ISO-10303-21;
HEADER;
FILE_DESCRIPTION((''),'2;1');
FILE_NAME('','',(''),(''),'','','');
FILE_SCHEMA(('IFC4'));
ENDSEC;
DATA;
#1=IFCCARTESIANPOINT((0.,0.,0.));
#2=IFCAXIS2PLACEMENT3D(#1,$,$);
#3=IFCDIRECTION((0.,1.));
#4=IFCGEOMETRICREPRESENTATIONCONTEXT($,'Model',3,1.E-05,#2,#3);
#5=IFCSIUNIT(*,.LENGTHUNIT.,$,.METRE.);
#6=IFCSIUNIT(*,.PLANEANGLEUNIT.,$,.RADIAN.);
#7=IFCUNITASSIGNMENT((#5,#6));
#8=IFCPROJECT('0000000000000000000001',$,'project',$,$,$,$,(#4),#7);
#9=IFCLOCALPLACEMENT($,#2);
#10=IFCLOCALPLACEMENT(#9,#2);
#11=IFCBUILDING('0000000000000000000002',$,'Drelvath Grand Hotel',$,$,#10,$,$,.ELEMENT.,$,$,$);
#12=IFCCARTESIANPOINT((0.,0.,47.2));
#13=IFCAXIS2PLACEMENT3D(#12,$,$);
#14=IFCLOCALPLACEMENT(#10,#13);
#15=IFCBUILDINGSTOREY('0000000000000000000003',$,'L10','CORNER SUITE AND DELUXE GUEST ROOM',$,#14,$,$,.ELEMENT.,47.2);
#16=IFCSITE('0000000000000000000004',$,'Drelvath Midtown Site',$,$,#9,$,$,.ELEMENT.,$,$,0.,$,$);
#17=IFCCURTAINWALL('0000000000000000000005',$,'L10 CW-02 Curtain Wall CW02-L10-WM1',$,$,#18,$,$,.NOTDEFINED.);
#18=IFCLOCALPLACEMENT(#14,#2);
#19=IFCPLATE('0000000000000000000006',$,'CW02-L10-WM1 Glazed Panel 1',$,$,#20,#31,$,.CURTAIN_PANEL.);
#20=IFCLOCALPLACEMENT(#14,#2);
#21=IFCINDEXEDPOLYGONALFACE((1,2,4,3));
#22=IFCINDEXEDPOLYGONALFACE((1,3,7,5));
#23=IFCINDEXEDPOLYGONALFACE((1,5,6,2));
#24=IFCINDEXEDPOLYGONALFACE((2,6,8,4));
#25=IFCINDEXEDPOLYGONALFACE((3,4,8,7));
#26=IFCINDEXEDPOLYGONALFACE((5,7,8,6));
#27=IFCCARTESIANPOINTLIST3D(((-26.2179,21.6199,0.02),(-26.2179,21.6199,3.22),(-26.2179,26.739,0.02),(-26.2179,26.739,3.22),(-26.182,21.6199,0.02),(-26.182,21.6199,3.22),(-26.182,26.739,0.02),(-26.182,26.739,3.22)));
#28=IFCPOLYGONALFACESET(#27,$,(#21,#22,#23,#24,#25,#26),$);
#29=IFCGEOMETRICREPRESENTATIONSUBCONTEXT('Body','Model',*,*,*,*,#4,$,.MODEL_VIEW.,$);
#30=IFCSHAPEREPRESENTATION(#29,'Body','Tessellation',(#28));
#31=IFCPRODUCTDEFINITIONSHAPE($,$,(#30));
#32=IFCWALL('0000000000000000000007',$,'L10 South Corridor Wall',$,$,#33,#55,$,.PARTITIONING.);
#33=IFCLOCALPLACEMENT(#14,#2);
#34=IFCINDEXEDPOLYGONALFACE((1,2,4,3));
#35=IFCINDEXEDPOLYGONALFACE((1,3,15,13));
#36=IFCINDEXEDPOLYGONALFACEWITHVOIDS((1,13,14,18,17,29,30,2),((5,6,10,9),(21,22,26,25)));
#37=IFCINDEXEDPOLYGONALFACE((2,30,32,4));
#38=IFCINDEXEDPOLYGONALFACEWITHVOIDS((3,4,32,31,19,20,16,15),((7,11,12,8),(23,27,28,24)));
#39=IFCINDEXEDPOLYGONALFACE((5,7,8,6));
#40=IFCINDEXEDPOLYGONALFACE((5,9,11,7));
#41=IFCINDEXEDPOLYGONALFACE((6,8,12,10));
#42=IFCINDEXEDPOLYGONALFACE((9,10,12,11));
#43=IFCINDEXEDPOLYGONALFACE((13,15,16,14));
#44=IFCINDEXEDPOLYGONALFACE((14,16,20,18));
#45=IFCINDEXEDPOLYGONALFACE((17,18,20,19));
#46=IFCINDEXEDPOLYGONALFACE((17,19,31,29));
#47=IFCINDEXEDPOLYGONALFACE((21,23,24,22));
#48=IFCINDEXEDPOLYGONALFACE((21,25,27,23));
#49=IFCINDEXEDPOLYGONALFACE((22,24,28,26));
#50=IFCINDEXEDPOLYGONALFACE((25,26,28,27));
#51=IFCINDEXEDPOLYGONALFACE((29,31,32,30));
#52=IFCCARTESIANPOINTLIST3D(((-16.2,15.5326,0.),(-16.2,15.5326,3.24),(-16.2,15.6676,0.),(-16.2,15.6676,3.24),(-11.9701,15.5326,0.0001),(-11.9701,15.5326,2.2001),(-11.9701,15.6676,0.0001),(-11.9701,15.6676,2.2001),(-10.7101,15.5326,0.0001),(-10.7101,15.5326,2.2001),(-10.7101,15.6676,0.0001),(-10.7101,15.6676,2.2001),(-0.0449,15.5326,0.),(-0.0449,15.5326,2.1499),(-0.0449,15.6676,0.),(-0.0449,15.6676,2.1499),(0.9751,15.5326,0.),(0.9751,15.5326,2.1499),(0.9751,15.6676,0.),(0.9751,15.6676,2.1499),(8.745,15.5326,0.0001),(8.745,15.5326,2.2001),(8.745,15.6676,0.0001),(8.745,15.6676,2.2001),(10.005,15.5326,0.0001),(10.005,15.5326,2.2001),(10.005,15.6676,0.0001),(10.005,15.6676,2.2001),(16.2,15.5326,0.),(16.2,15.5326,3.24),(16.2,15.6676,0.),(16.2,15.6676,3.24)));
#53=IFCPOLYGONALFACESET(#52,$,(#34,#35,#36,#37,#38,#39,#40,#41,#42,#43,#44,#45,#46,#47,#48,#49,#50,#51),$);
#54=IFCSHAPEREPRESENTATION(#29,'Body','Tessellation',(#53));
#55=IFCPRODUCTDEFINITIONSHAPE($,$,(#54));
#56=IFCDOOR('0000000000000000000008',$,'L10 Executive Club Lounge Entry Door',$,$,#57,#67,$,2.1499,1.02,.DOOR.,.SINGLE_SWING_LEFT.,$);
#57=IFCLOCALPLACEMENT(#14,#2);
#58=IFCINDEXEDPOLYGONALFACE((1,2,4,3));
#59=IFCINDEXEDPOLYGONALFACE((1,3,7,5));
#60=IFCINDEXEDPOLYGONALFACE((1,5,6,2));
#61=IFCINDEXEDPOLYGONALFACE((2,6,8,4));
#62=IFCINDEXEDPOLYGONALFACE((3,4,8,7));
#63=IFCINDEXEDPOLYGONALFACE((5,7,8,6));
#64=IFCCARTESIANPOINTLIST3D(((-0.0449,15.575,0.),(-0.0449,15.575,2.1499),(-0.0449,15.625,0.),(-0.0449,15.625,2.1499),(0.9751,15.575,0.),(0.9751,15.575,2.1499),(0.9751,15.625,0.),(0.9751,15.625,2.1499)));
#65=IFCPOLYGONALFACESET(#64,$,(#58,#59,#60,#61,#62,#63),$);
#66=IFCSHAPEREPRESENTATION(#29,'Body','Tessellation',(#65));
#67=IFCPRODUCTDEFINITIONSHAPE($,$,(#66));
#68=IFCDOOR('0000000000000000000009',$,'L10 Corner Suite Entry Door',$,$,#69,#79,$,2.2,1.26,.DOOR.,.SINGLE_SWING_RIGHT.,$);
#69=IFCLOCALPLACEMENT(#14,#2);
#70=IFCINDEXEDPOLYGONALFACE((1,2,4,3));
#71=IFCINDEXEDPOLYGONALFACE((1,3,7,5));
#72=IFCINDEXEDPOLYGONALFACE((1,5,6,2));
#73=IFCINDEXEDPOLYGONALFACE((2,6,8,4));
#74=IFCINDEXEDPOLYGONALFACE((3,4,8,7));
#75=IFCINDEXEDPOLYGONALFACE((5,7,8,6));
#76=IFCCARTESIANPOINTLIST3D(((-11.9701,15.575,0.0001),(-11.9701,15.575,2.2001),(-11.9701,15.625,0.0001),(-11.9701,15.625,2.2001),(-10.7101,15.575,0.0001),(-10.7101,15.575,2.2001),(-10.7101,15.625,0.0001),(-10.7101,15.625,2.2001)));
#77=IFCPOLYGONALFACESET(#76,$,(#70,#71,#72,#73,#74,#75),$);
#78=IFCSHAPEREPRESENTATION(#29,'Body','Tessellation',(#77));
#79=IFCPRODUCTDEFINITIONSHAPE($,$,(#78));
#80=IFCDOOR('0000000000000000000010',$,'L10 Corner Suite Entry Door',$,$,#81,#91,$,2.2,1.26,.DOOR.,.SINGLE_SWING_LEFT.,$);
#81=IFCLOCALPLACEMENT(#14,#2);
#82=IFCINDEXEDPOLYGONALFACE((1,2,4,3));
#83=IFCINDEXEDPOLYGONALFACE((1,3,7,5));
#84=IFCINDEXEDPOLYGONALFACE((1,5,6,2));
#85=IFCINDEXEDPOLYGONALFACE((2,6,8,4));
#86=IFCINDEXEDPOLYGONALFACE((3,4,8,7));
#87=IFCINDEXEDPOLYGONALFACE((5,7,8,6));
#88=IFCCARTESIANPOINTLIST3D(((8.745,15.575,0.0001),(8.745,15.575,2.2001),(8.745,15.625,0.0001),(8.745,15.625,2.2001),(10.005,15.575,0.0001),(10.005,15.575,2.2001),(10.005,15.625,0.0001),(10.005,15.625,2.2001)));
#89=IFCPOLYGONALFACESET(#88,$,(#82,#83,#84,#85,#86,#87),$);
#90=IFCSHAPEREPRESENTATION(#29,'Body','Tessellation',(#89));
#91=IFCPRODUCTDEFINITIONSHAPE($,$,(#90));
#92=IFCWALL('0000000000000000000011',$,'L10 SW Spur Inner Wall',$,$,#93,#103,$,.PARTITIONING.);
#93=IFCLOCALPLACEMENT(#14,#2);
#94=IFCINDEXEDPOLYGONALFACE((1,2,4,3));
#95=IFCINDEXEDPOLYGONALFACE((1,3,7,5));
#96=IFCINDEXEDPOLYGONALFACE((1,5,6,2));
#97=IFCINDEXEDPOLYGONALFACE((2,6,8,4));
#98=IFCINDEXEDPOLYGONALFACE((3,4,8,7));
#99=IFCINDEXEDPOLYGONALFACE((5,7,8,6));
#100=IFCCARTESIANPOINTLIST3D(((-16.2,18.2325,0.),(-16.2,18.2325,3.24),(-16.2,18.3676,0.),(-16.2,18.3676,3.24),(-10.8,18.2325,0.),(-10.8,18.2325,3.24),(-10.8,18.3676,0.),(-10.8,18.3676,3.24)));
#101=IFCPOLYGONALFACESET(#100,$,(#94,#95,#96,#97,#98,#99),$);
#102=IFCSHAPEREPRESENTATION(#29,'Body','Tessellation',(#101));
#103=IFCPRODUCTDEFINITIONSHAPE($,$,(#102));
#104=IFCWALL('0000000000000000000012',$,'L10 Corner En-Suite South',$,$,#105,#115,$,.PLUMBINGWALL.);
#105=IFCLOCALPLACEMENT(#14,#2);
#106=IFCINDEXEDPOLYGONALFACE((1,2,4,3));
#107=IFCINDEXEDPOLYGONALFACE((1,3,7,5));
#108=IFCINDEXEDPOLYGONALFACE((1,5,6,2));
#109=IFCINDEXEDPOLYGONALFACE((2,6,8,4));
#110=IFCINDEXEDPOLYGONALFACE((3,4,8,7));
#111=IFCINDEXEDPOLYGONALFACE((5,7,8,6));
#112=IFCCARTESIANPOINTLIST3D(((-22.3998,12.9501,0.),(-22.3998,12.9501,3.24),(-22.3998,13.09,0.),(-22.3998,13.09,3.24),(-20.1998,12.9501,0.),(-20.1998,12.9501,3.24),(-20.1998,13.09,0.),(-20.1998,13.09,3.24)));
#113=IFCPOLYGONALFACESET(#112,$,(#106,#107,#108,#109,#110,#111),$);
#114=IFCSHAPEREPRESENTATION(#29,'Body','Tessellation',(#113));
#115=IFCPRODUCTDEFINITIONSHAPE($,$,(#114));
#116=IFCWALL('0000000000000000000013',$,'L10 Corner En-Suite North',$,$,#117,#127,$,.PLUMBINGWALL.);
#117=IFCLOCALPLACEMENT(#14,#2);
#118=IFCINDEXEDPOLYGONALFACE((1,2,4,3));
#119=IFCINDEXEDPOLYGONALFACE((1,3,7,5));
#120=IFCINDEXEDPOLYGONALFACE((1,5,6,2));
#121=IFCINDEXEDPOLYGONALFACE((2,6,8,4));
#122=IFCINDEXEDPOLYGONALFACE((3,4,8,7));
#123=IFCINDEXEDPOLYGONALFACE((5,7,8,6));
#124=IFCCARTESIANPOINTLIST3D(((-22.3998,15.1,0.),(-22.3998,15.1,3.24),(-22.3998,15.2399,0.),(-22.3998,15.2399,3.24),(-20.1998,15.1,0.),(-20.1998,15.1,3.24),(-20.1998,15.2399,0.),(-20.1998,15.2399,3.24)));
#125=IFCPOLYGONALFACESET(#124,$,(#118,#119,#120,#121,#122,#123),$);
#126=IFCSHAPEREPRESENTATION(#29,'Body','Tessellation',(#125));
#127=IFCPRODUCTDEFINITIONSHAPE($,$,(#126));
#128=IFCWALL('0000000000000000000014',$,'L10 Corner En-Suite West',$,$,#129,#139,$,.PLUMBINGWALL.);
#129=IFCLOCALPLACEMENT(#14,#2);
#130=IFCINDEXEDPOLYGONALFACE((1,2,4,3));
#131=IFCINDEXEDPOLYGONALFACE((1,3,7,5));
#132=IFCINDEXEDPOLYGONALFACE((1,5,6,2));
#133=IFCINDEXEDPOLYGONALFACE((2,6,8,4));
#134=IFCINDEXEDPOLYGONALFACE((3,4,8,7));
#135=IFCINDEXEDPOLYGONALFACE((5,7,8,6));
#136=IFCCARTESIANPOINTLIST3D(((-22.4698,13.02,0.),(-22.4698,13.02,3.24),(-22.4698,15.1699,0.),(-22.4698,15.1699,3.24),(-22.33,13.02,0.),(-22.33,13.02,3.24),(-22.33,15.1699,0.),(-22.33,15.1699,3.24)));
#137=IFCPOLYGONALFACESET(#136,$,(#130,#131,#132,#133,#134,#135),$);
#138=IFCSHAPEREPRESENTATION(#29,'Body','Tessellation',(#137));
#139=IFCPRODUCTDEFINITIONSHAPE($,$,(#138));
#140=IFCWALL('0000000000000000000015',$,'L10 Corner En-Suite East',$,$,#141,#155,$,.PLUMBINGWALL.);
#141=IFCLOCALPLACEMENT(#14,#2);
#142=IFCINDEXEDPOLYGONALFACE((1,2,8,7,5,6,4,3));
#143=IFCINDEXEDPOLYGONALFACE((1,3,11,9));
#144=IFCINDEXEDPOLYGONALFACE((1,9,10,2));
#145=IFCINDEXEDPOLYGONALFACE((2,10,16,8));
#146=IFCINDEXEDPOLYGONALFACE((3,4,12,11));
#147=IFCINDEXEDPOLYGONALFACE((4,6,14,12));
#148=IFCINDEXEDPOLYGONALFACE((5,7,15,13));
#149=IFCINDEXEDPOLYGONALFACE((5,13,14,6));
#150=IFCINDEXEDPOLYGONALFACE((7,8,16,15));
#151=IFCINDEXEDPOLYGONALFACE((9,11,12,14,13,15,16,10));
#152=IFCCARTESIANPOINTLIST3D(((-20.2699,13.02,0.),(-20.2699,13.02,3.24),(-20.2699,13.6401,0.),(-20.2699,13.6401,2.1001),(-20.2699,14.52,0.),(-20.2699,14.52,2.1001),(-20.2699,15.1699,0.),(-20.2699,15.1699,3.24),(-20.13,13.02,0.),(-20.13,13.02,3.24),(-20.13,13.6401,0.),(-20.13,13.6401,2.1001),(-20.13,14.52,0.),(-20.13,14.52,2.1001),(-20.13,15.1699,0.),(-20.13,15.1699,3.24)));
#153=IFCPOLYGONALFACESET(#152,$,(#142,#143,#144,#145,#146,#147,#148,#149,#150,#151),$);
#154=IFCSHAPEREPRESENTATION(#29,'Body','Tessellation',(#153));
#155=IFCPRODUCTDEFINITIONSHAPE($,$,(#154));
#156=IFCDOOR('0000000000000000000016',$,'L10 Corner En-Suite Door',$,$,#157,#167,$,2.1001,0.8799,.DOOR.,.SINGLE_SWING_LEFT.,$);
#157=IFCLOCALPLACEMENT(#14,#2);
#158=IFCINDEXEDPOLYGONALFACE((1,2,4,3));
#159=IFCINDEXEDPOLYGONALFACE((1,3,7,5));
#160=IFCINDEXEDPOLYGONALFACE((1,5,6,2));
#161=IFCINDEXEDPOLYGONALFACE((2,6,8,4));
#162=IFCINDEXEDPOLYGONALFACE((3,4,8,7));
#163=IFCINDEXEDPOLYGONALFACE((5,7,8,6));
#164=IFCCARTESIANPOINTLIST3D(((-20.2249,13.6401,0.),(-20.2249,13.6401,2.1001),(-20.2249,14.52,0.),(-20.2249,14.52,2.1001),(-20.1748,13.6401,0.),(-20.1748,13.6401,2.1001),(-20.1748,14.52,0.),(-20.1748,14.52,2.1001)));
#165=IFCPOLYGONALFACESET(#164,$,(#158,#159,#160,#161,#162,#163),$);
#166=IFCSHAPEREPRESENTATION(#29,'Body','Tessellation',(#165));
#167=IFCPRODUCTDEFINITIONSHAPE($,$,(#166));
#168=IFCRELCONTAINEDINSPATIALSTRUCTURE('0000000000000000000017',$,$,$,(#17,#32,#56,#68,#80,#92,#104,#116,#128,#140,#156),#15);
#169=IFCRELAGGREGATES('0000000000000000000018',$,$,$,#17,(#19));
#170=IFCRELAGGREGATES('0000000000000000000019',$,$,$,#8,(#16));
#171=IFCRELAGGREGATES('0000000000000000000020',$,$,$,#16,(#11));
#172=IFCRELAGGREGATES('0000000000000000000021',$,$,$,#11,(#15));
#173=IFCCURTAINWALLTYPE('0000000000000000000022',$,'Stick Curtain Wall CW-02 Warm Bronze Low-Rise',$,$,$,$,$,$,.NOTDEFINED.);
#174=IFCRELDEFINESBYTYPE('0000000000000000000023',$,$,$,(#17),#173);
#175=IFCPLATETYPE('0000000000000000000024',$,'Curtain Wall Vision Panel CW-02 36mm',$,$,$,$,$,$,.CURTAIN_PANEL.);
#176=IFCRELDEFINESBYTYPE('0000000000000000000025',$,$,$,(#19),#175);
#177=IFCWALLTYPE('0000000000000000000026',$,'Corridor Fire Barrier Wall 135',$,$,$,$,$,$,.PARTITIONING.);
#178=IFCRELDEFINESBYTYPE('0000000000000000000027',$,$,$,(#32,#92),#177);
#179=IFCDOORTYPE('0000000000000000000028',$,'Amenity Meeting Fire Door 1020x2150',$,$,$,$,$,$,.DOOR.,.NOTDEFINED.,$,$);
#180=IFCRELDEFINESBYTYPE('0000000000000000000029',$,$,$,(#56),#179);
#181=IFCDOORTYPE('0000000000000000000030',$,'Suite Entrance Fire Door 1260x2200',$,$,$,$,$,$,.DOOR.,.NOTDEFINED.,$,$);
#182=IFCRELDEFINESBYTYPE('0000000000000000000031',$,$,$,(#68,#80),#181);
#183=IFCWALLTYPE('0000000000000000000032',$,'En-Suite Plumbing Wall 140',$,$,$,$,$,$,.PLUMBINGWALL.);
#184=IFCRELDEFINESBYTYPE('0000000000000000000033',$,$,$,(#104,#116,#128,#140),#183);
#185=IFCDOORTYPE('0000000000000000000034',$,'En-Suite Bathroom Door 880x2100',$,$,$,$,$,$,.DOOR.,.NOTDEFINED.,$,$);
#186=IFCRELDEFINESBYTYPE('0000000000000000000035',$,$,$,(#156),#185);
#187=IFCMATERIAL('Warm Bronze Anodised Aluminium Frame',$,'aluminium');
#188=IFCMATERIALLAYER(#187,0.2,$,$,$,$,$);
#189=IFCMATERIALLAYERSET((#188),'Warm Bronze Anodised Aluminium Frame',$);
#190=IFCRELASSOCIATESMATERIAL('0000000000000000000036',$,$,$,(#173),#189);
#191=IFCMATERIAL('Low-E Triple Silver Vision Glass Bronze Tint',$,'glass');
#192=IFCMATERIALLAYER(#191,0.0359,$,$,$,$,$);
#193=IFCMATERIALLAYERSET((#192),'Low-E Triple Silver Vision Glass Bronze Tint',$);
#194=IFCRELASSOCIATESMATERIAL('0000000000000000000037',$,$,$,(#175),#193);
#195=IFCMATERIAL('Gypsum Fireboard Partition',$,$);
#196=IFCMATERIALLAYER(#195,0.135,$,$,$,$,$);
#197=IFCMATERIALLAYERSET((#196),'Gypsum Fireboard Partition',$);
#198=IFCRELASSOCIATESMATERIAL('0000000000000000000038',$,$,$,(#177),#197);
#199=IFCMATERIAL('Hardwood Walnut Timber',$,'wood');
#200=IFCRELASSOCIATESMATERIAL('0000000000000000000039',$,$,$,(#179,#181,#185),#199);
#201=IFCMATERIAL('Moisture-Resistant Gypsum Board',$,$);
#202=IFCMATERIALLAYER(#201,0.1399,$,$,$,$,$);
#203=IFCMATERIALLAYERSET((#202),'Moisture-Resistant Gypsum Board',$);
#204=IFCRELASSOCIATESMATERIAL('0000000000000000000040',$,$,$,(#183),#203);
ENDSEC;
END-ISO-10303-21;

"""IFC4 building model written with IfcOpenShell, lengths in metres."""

from ifc_helpers import new_model, si_unit, direction, frame, frame_2d, origin, origin_2d, place, context, subcontext, project, spatial, rectangle, extrude, material, layer, layer_set, type_object, element, fill, aggregate, save


model = new_model("IFC4")

# Units and contexts
model_context = context("Model", 3, precision=1e-05, world=origin(), true_north=direction((0.0, 1.0)))
body_context = subcontext(model_context, "Body", "Model", "MODEL_VIEW")
ifc_project = project(units=[si_unit("LENGTHUNIT", "METRE"), si_unit("PLANEANGLEUNIT", "RADIAN")], contexts=[model_context])

# Site, building, storey
site_placement = place(None, origin())
site = spatial("IfcSite", under=ifc_project, at=site_placement, Name="Drelvath Midtown Site", CompositionType="ELEMENT", RefElevation=0.0)
building_placement = place(site_placement, origin())
building = spatial("IfcBuilding", under=site, at=building_placement, Name="Drelvath Grand Hotel", CompositionType="ELEMENT")
storey_placement = place(building_placement, frame((0.0, 0.0, 47.2)))
storey = spatial("IfcBuildingStorey", under=building, at=storey_placement, Name="L10", Description="CORNER SUITE AND DELUXE GUEST ROOM", CompositionType="ELEMENT", Elevation=47.2)

# Curtain wall
ifc_material_1 = material(Name="Warm Bronze Anodised Aluminium Frame", Category="aluminium")
ifc_layer_1 = layer(ifc_material_1, 0.2)
ifc_layer_set_1 = layer_set([ifc_layer_1], Name="Warm Bronze Anodised Aluminium Frame")
curtain_wall_type = type_object("IfcCurtainWallType", Name="Stick Curtain Wall CW-02 Warm Bronze Low-Rise", PredefinedType="NOTDEFINED", material=ifc_layer_set_1)
curtain_wall_1_placement = place(storey_placement, origin())
curtain_wall_1 = element("IfcCurtainWall", 1, at=curtain_wall_1_placement, inside=storey, type_object=curtain_wall_type, Name="L10 CW-02 Curtain Wall CW02-L10-WM1", PredefinedType="NOTDEFINED")

# Plate
ifc_material_2 = material(Name="Low-E Triple Silver Vision Glass Bronze Tint", Category="glass")
ifc_layer_2 = layer(ifc_material_2, 0.0359)
ifc_layer_set_2 = layer_set([ifc_layer_2], Name="Low-E Triple Silver Vision Glass Bronze Tint")
plate_type = type_object("IfcPlateType", Name="Curtain Wall Vision Panel CW-02 36mm", PredefinedType="CURTAIN_PANEL", material=ifc_layer_set_2)
plate_1_placement = place(storey_placement, frame((-26.2, 24.1794, 0.02), z_axis=(0.0, 0.0, 1.0), x_axis=(0.0, 1.0, 0.0)))
plate_1 = element("IfcPlate", 2, at=plate_1_placement, type_object=plate_type, Name="CW02-L10-WM1 Glazed Panel 1", PredefinedType="CURTAIN_PANEL", context=body_context, shape_type="SweptSolid", body=[
    extrude(rectangle(XDim=5.1191, YDim=0.0359, at=origin_2d()), origin(), (0.0, 0.0, 1.0), 3.2),
])
aggregate(curtain_wall_1, [plate_1])

# Wall, openings, doors
ifc_material_3 = material(Name="Gypsum Fireboard Partition")
ifc_layer_3 = layer(ifc_material_3, 0.135)
ifc_layer_set_3 = layer_set([ifc_layer_3], Name="Gypsum Fireboard Partition")
wall_type_1 = type_object("IfcWallType", Name="Corridor Fire Barrier Wall 135", PredefinedType="PARTITIONING", material=ifc_layer_set_3)
wall_1_placement = place(storey_placement, frame((-16.2, 15.6001, 0.0), z_axis=(0.0, 0.0, 1.0), x_axis=(1.0, 0.0, 0.0)))
wall_1 = element("IfcWall", 3, at=wall_1_placement, inside=storey, type_object=wall_type_1, Name="L10 South Corridor Wall", PredefinedType="PARTITIONING", context=body_context, shape_type="SweptSolid", body=[
    extrude(rectangle(XDim=32.3999, YDim=0.135, at=frame_2d((16.2, 0.0))), origin(), (0.0, 0.0, 1.0), 3.24),
])
opening_1_placement = place(wall_1_placement, frame((4.23, 0.0, 0.0)))
opening_1 = element("IfcOpeningElement", 4, at=opening_1_placement, cuts=wall_1, PredefinedType="OPENING", context=body_context, shape_type="SweptSolid", body=[
    extrude(rectangle(XDim=1.26, YDim=2.2, at=frame_2d((0.6299, 1.1001))), frame((0.0, 0.0774, 0.0), z_axis=(0.0, -1.0, 0.0), x_axis=(1.0, 0.0, 0.0)), (0.0, 0.0, 1.0), 0.155),
])
opening_2_placement = place(wall_1_placement, frame((16.155, 0.0, 0.0)))
opening_2 = element("IfcOpeningElement", 5, at=opening_2_placement, cuts=wall_1, PredefinedType="OPENING", context=body_context, shape_type="SweptSolid", body=[
    extrude(rectangle(XDim=1.02, YDim=2.1499, at=frame_2d((0.51, 1.075))), frame((0.0, 0.0774, 0.0), z_axis=(0.0, -1.0, 0.0), x_axis=(1.0, 0.0, 0.0)), (0.0, 0.0, 1.0), 0.155),
])
opening_3_placement = place(wall_1_placement, frame((24.9451, 0.0, 0.0)))
opening_3 = element("IfcOpeningElement", 6, at=opening_3_placement, cuts=wall_1, PredefinedType="OPENING", context=body_context, shape_type="SweptSolid", body=[
    extrude(rectangle(XDim=1.26, YDim=2.2, at=frame_2d((0.6299, 1.1001))), frame((0.0, 0.0774, 0.0), z_axis=(0.0, -1.0, 0.0), x_axis=(1.0, 0.0, 0.0)), (0.0, 0.0, 1.0), 0.155),
])
ifc_material_4 = material(Name="Hardwood Walnut Timber", Category="wood")
door_type_1 = type_object("IfcDoorType", Name="Amenity Meeting Fire Door 1020x2150", OperationType="NOTDEFINED", PredefinedType="DOOR", material=ifc_material_4)
door_1_placement = place(opening_2_placement, origin())
door_1 = element("IfcDoor", 7, at=door_1_placement, inside=storey, type_object=door_type_1, Name="L10 Executive Club Lounge Entry Door", OperationType="SINGLE_SWING_LEFT", OverallHeight=2.1499, OverallWidth=1.02, PredefinedType="DOOR", context=body_context, shape_type="SweptSolid", body=[
    extrude(rectangle(XDim=1.02, YDim=2.1499, at=frame_2d((0.51, 1.075))), frame((0.0, 0.0249, 0.0), z_axis=(0.0, -1.0, 0.0), x_axis=(1.0, 0.0, 0.0)), (0.0, 0.0, 1.0), 0.05),
])
fill(opening_2, door_1)
door_type_2 = type_object("IfcDoorType", Name="Suite Entrance Fire Door 1260x2200", OperationType="NOTDEFINED", PredefinedType="DOOR", material=ifc_material_4)
door_2_placement = place(opening_1_placement, origin())
door_2 = element("IfcDoor", 8, at=door_2_placement, inside=storey, type_object=door_type_2, Name="L10 Corner Suite Entry Door", OperationType="SINGLE_SWING_RIGHT", OverallHeight=2.2, OverallWidth=1.26, PredefinedType="DOOR", context=body_context, shape_type="SweptSolid", body=[
    extrude(rectangle(XDim=1.26, YDim=2.2, at=frame_2d((0.6299, 1.1001))), frame((0.0, 0.0249, 0.0), z_axis=(0.0, -1.0, 0.0), x_axis=(1.0, 0.0, 0.0)), (0.0, 0.0, 1.0), 0.05),
])
fill(opening_1, door_2)
door_3_placement = place(opening_3_placement, origin())
door_3 = element("IfcDoor", 9, at=door_3_placement, inside=storey, type_object=door_type_2, Name="L10 Corner Suite Entry Door", OperationType="SINGLE_SWING_LEFT", OverallHeight=2.2, OverallWidth=1.26, PredefinedType="DOOR", context=body_context, shape_type="SweptSolid", body=[
    extrude(rectangle(XDim=1.26, YDim=2.2, at=frame_2d((0.6299, 1.1001))), frame((0.0, 0.0249, 0.0), z_axis=(0.0, -1.0, 0.0), x_axis=(1.0, 0.0, 0.0)), (0.0, 0.0, 1.0), 0.05),
])
fill(opening_3, door_3)

# Wall
wall_2_placement = place(storey_placement, frame((-16.2, 18.3, 0.0), z_axis=(0.0, 0.0, 1.0), x_axis=(1.0, 0.0, 0.0)))
element("IfcWall", 10, at=wall_2_placement, inside=storey, type_object=wall_type_1, Name="L10 SW Spur Inner Wall", PredefinedType="PARTITIONING", context=body_context, shape_type="SweptSolid", body=[
    extrude(rectangle(XDim=5.3999, YDim=0.135, at=frame_2d((2.7, 0.0))), origin(), (0.0, 0.0, 1.0), 3.24),
])

# Walls
ifc_material_5 = material(Name="Moisture-Resistant Gypsum Board")
ifc_layer_4 = layer(ifc_material_5, 0.1399)
ifc_layer_set_4 = layer_set([ifc_layer_4], Name="Moisture-Resistant Gypsum Board")
wall_type_2 = type_object("IfcWallType", Name="En-Suite Plumbing Wall 140", PredefinedType="PLUMBINGWALL", material=ifc_layer_set_4)
for number, where, z_axis, x_axis, name in (
    (11, (-22.3999, 13.02, 0.0), (0.0, 0.0, 1.0), (1.0, 0.0, 0.0), "L10 Corner En-Suite South"),
    (12, (-22.3999, 15.1699, 0.0), (0.0, 0.0, 1.0), (1.0, 0.0, 0.0), "L10 Corner En-Suite North"),
):
    element("IfcWall", number, at=place(storey_placement, frame(where, z_axis=z_axis, x_axis=x_axis)), inside=storey, type_object=wall_type_2, Name=name, PredefinedType="PLUMBINGWALL", context=body_context, shape_type="SweptSolid", body=[
        extrude(rectangle(XDim=2.2, YDim=0.1399, at=frame_2d((1.1001, 0.0))), origin(), (0.0, 0.0, 1.0), 3.24),
    ])
wall_3_placement = place(storey_placement, frame((-22.3999, 13.02, 0.0), z_axis=(0.0, 0.0, 1.0), x_axis=(0.0, 1.0, 0.0)))
element("IfcWall", 13, at=wall_3_placement, inside=storey, type_object=wall_type_2, Name="L10 Corner En-Suite West", PredefinedType="PLUMBINGWALL", context=body_context, shape_type="SweptSolid", body=[
    extrude(rectangle(XDim=2.1499, YDim=0.1399, at=frame_2d((1.075, 0.0))), origin(), (0.0, 0.0, 1.0), 3.24),
])

# Wall, opening, door
wall_4_placement = place(storey_placement, frame((-20.2, 13.02, 0.0), z_axis=(0.0, 0.0, 1.0), x_axis=(0.0, 1.0, 0.0)))
wall_4 = element("IfcWall", 14, at=wall_4_placement, inside=storey, type_object=wall_type_2, Name="L10 Corner En-Suite East", PredefinedType="PLUMBINGWALL", context=body_context, shape_type="SweptSolid", body=[
    extrude(rectangle(XDim=2.1499, YDim=0.1399, at=frame_2d((1.075, 0.0))), origin(), (0.0, 0.0, 1.0), 3.24),
])
opening_4_placement = place(wall_4_placement, frame((0.6201, 0.0, 0.0)))
opening_4 = element("IfcOpeningElement", 15, at=opening_4_placement, cuts=wall_4, PredefinedType="OPENING", context=body_context, shape_type="SweptSolid", body=[
    extrude(rectangle(XDim=0.8799, YDim=2.1001, at=frame_2d((0.4399, 1.05))), frame((0.0, 0.0798, 0.0), z_axis=(0.0, -1.0, 0.0), x_axis=(1.0, 0.0, 0.0)), (0.0, 0.0, 1.0), 0.1599),
])
door_type_3 = type_object("IfcDoorType", Name="En-Suite Bathroom Door 880x2100", OperationType="NOTDEFINED", PredefinedType="DOOR", material=ifc_material_4)
door_4_placement = place(opening_4_placement, origin())
door_4 = element("IfcDoor", 16, at=door_4_placement, inside=storey, type_object=door_type_3, Name="L10 Corner En-Suite Door", OperationType="SINGLE_SWING_LEFT", OverallHeight=2.1001, OverallWidth=0.8799, PredefinedType="DOOR", context=body_context, shape_type="SweptSolid", body=[
    extrude(rectangle(XDim=0.8799, YDim=2.1001, at=frame_2d((0.4399, 1.05))), frame((0.0, 0.0249, 0.0), z_axis=(0.0, -1.0, 0.0), x_axis=(1.0, 0.0, 0.0)), (0.0, 0.0, 1.0), 0.05),
])
fill(opening_4, door_4)

save(model, "model.ifc")
